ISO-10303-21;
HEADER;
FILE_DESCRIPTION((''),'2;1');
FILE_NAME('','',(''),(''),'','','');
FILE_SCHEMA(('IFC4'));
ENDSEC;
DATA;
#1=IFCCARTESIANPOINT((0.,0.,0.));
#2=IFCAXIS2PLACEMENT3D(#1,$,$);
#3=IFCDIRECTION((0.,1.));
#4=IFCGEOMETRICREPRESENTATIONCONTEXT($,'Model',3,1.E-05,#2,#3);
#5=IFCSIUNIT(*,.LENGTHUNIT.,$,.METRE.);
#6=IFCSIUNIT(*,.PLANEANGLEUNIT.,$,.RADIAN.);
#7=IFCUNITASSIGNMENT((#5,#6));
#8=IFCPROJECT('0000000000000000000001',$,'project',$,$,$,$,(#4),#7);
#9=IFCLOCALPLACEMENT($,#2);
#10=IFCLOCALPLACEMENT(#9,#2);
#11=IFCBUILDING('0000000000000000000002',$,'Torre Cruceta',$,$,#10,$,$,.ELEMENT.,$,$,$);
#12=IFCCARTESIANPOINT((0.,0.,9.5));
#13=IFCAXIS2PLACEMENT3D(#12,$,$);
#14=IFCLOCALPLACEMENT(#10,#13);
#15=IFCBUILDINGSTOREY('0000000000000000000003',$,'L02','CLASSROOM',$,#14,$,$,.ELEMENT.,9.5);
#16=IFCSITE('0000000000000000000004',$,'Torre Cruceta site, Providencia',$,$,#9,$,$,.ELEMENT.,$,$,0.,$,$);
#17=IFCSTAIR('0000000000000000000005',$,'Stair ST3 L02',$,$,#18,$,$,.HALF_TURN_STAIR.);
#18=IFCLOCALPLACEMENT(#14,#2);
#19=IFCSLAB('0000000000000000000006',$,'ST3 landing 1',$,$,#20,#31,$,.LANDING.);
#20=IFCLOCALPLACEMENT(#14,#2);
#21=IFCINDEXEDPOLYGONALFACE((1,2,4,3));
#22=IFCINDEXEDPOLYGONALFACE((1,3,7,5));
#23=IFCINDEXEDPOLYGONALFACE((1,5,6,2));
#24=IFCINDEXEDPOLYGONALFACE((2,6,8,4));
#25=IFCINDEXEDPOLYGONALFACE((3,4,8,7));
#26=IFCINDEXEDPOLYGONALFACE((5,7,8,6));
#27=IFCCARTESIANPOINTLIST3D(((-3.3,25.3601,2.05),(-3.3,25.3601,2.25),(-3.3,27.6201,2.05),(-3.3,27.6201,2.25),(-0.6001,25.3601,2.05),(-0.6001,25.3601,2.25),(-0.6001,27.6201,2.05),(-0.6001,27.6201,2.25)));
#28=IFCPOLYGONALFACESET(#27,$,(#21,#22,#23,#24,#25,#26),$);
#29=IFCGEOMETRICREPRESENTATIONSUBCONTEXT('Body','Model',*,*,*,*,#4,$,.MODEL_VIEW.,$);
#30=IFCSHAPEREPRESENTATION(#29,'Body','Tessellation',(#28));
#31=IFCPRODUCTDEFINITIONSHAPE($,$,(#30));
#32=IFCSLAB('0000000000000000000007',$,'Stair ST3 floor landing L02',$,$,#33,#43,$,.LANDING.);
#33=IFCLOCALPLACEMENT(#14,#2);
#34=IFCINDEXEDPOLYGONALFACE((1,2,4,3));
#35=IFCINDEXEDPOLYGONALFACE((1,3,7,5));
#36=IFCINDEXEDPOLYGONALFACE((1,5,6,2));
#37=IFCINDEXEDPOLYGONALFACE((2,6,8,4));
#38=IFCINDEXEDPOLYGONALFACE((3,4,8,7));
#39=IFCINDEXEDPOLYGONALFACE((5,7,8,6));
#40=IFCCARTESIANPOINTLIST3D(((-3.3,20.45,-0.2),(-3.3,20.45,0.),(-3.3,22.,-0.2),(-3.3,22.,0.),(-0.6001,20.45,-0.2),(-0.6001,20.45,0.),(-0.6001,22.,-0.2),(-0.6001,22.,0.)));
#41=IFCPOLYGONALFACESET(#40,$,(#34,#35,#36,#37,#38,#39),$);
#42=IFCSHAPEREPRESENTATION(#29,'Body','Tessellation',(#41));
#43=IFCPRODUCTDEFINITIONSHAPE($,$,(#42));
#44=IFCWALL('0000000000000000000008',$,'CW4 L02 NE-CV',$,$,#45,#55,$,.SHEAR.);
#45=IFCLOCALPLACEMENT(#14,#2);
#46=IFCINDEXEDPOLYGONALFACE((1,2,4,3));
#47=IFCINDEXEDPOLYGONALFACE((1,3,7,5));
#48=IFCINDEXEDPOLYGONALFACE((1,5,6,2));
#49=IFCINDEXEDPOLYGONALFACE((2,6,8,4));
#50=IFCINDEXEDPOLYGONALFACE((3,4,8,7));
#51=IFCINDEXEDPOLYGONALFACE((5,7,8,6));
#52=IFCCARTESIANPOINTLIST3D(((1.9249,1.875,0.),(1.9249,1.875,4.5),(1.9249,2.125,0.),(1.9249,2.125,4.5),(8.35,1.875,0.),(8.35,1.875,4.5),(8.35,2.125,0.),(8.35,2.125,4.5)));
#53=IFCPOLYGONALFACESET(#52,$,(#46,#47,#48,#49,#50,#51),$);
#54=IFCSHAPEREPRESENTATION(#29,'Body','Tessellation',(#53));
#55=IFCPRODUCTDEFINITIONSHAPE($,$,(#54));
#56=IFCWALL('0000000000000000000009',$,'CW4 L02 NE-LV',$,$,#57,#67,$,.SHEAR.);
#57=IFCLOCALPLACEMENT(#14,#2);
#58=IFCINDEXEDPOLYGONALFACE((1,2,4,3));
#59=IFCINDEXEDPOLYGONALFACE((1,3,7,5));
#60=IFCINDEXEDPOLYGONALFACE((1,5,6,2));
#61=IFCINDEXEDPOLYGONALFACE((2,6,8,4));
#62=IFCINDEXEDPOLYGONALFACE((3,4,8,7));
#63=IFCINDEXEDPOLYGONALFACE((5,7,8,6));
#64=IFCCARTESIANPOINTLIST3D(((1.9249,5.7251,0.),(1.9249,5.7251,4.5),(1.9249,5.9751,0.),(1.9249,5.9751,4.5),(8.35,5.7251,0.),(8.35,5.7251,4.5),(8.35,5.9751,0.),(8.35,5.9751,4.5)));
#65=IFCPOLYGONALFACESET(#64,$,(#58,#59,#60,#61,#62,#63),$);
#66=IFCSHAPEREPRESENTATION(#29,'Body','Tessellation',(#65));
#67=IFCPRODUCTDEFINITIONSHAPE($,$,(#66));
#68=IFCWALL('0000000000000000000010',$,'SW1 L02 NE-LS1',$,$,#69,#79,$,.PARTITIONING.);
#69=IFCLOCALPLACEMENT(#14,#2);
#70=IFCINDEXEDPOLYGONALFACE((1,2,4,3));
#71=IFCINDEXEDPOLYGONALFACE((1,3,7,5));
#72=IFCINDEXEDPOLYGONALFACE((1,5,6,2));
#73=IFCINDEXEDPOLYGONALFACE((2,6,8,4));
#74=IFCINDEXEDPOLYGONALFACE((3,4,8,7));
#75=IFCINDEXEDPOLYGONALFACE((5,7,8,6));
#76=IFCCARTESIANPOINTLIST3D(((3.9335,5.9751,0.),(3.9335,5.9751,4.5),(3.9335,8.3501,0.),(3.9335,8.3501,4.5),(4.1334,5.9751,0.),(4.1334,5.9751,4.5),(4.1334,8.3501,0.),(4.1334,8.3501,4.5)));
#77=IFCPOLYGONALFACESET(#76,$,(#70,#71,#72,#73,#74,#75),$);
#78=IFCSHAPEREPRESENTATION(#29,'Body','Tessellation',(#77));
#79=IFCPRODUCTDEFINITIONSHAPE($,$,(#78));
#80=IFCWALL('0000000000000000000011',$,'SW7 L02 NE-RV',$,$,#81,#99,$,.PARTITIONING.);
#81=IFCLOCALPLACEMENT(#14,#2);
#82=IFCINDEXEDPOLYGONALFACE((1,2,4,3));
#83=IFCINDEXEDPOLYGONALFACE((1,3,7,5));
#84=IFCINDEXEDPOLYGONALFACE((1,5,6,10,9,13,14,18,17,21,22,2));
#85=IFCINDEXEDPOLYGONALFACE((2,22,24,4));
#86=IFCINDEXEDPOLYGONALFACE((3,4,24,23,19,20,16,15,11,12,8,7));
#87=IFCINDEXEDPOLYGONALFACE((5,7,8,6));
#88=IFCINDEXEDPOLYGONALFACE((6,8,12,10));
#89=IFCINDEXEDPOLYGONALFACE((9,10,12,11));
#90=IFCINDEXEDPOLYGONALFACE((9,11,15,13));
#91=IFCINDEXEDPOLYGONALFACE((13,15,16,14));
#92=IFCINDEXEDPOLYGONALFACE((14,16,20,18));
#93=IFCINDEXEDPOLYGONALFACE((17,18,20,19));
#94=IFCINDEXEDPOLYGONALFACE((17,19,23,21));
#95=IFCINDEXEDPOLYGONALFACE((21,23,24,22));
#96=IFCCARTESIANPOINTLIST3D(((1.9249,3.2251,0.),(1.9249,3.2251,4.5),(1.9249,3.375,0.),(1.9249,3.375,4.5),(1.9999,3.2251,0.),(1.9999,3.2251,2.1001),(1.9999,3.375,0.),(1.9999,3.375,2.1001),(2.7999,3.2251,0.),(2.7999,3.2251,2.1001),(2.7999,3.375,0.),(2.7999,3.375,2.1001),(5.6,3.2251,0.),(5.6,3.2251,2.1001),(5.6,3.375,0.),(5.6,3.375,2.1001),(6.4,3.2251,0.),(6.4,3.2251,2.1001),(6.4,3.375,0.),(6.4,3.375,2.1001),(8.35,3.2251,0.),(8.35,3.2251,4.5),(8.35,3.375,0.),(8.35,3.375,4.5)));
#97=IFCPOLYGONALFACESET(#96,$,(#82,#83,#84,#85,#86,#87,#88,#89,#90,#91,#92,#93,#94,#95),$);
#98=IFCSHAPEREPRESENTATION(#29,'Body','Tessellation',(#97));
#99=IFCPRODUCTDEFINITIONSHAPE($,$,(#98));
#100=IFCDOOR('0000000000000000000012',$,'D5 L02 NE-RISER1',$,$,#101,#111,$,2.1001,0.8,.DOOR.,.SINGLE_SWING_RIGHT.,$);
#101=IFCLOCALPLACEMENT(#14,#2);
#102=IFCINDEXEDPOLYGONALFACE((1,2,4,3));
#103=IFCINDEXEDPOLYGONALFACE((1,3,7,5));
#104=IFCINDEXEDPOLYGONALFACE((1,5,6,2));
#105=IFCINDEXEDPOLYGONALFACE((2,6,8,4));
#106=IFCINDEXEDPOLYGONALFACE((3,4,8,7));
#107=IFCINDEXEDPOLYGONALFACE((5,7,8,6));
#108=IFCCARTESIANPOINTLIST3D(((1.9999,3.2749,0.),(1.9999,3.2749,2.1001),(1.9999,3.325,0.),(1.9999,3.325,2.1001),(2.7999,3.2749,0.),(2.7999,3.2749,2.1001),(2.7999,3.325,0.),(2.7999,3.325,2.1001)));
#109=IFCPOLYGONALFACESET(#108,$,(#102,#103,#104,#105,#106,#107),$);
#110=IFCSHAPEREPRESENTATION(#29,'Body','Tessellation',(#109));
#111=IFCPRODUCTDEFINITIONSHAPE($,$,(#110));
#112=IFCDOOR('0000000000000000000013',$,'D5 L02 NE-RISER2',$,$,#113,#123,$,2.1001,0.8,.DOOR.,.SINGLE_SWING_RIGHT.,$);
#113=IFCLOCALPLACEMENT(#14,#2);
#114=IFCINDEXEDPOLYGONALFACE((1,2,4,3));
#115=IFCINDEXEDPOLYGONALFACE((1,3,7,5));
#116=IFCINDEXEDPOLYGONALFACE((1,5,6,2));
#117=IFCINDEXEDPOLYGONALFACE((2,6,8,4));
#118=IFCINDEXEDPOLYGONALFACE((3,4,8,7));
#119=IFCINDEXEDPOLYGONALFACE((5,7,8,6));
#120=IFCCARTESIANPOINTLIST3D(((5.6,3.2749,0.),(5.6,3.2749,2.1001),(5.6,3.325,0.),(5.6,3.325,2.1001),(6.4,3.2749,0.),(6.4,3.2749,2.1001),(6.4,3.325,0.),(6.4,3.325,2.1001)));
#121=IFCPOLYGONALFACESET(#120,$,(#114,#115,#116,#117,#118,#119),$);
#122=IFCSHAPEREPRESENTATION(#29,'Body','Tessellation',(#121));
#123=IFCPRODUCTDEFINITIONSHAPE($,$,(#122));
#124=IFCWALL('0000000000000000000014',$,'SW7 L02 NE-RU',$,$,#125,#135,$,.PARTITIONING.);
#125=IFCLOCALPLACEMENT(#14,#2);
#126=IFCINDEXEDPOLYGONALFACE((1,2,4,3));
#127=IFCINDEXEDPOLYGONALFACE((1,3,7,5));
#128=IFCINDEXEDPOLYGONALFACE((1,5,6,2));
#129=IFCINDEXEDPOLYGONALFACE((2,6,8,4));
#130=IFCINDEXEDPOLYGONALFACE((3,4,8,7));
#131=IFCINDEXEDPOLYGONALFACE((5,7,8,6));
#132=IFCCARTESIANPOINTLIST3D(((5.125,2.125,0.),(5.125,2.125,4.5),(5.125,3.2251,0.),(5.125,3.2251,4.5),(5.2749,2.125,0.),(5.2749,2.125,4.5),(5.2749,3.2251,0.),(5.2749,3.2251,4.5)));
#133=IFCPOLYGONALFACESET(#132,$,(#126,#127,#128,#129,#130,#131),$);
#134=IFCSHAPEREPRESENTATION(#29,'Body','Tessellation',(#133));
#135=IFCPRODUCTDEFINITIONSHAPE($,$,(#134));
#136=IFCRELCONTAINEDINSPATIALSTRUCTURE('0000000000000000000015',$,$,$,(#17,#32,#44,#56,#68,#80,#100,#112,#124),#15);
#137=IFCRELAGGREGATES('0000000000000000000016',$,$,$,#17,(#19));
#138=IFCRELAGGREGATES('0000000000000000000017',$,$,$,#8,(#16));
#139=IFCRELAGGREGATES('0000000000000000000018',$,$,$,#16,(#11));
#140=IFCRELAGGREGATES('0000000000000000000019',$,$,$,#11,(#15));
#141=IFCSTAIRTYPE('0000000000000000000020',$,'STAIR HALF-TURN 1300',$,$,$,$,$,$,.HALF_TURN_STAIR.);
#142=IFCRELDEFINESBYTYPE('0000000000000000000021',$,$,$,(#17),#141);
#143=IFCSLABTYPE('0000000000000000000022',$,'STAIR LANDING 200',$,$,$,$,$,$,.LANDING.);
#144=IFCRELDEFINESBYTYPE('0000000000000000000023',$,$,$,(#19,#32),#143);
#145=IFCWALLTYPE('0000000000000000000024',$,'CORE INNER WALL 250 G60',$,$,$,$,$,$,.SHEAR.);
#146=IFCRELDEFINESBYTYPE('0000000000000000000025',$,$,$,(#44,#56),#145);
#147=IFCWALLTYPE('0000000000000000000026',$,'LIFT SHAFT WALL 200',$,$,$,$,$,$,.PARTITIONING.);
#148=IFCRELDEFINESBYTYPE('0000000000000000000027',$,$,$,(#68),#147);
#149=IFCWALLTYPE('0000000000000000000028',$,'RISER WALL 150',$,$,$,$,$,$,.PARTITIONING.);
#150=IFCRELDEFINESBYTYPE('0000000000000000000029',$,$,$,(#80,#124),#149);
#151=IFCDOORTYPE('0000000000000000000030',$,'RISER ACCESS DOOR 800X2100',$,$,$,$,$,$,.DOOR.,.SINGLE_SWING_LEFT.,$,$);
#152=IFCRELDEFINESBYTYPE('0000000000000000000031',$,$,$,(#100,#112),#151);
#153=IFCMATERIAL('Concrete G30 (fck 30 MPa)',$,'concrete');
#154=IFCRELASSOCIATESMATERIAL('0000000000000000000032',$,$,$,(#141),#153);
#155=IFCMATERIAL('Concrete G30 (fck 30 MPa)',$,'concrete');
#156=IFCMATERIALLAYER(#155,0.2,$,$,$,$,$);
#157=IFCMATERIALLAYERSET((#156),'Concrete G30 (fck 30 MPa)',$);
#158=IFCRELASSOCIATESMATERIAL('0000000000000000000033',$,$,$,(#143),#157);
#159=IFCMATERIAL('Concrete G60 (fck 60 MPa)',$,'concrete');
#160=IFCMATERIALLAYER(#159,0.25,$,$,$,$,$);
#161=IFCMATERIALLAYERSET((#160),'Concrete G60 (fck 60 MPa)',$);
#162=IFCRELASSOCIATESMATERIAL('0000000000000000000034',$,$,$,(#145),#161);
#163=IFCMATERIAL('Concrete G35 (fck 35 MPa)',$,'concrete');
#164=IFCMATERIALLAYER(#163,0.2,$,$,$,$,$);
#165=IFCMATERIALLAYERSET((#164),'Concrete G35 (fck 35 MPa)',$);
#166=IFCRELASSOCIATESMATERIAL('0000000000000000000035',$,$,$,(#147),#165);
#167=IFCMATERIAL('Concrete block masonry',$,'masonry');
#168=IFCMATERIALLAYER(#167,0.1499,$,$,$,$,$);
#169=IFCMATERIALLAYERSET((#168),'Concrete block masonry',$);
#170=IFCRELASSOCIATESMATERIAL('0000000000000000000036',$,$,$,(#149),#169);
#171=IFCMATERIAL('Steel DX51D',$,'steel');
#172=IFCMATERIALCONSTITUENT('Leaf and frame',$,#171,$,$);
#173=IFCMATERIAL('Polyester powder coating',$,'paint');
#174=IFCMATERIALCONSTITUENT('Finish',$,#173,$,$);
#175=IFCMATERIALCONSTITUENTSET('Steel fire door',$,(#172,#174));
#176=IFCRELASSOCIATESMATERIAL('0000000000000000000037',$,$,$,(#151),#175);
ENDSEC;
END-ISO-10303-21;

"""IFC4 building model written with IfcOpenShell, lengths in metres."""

from ifc_helpers import new_model, si_unit, direction, frame, frame_2d, origin, place, context, subcontext, project, spatial, polyline, rectangle, outline, extrude, material, layer, layer_set, constituent, constituent_set, type_object, element, fill, aggregate, save


model = new_model("IFC4")

# Units and contexts
model_context = context("Model", 3, precision=1e-05, world=origin(), true_north=direction((0.0, 1.0)))
body_context = subcontext(model_context, "Body", "Model", "MODEL_VIEW")
ifc_project = project(units=[si_unit("LENGTHUNIT", "METRE"), si_unit("PLANEANGLEUNIT", "RADIAN")], contexts=[model_context])

# Site, building, storey
site_placement = place(None, origin())
site = spatial("IfcSite", under=ifc_project, at=site_placement, Name="Torre Cruceta site, Providencia", CompositionType="ELEMENT", RefElevation=0.0)
building_placement = place(site_placement, origin())
building = spatial("IfcBuilding", under=site, at=building_placement, Name="Torre Cruceta", CompositionType="ELEMENT")
storey_placement = place(building_placement, frame((0.0, 0.0, 9.5)))
storey = spatial("IfcBuildingStorey", under=building, at=storey_placement, Name="L02", Description="CLASSROOM", CompositionType="ELEMENT", Elevation=9.5)

# Stair, slab
ifc_material_1 = material(Name="Concrete G30 (fck 30 MPa)", Category="concrete")
stair_type = type_object("IfcStairType", Name="STAIR HALF-TURN 1300", PredefinedType="HALF_TURN_STAIR", material=ifc_material_1)
stair_placement = place(storey_placement, origin())
stair = element("IfcStair", 1, at=stair_placement, inside=storey, type_object=stair_type, Name="Stair ST3 L02", PredefinedType="HALF_TURN_STAIR")
ifc_material_2 = material(Name="Concrete G30 (fck 30 MPa)", Category="concrete")
ifc_layer_1 = layer(ifc_material_2, 0.2)
ifc_layer_set_1 = layer_set([ifc_layer_1], Name="Concrete G30 (fck 30 MPa)")
slab_type = type_object("IfcSlabType", Name="STAIR LANDING 200", PredefinedType="LANDING", material=ifc_layer_set_1)
slab_1_placement = place(storey_placement, frame((0.0, 0.0, 2.05)))
slab_1 = element("IfcSlab", 2, at=slab_1_placement, type_object=slab_type, Name="ST3 landing 1", PredefinedType="LANDING", context=body_context, shape_type="SweptSolid", body=[
    extrude(outline(polyline([(-0.6001, 25.3601), (-0.6001, 27.6201), (-3.3, 27.6201), (-3.3, 25.3601), (-0.6001, 25.3601)])), origin(), (0.0, 0.0, 1.0), 0.2),
])
aggregate(stair, [slab_1])

# Slab
slab_2_placement = place(storey_placement, frame((0.0, 0.0, -0.2)))
element("IfcSlab", 3, at=slab_2_placement, inside=storey, type_object=slab_type, Name="Stair ST3 floor landing L02", PredefinedType="LANDING", context=body_context, shape_type="SweptSolid", body=[
    extrude(outline(polyline([(-0.6001, 20.45), (-0.6001, 22.0), (-3.3, 22.0), (-3.3, 20.45), (-0.6001, 20.45)])), origin(), (0.0, 0.0, 1.0), 0.2),
])

# Shared definitions
ifc_material_3 = material(Name="Concrete G60 (fck 60 MPa)", Category="concrete")
ifc_layer_2 = layer(ifc_material_3, 0.25)
ifc_layer_set_2 = layer_set([ifc_layer_2], Name="Concrete G60 (fck 60 MPa)")
wall_type_1 = type_object("IfcWallType", Name="CORE INNER WALL 250 G60", PredefinedType="SHEAR", material=ifc_layer_set_2)

# Walls
for number, where, z_axis, x_axis, name in (
    (4, (1.925, 2.0, 0.0), (0.0, 0.0, 1.0), (1.0, 0.0, 0.0), "CW4 L02 NE-CV"),
    (5, (1.925, 5.8501, 0.0), (0.0, 0.0, 1.0), (1.0, 0.0, 0.0), "CW4 L02 NE-LV"),
):
    element("IfcWall", number, at=place(storey_placement, frame(where, z_axis=z_axis, x_axis=x_axis)), inside=storey, type_object=wall_type_1, Name=name, PredefinedType="SHEAR", context=body_context, shape_type="SweptSolid", body=[
        extrude(rectangle(XDim=6.425, YDim=0.25, at=frame_2d((3.2124, 0.0))), origin(), (0.0, 0.0, 1.0), 4.5),
    ])
ifc_material_4 = material(Name="Concrete G35 (fck 35 MPa)", Category="concrete")
ifc_layer_3 = layer(ifc_material_4, 0.2)
ifc_layer_set_3 = layer_set([ifc_layer_3], Name="Concrete G35 (fck 35 MPa)")
wall_type_2 = type_object("IfcWallType", Name="LIFT SHAFT WALL 200", PredefinedType="PARTITIONING", material=ifc_layer_set_3)
wall_1_placement = place(storey_placement, frame((4.0334, 5.9751, 0.0), z_axis=(0.0, 0.0, 1.0), x_axis=(0.0, 1.0, 0.0)))
element("IfcWall", 6, at=wall_1_placement, inside=storey, type_object=wall_type_2, Name="SW1 L02 NE-LS1", PredefinedType="PARTITIONING", context=body_context, shape_type="SweptSolid", body=[
    extrude(rectangle(XDim=2.375, YDim=0.2, at=frame_2d((1.1875, 0.0))), origin(), (0.0, 0.0, 1.0), 4.5),
])

# Wall, openings, doors
ifc_material_5 = material(Name="Concrete block masonry", Category="masonry")
ifc_layer_4 = layer(ifc_material_5, 0.1499)
ifc_layer_set_4 = layer_set([ifc_layer_4], Name="Concrete block masonry")
wall_type_3 = type_object("IfcWallType", Name="RISER WALL 150", PredefinedType="PARTITIONING", material=ifc_layer_set_4)
wall_2_placement = place(storey_placement, frame((1.925, 3.3, 0.0), z_axis=(0.0, 0.0, 1.0), x_axis=(1.0, 0.0, 0.0)))
wall_2 = element("IfcWall", 7, at=wall_2_placement, inside=storey, type_object=wall_type_3, Name="SW7 L02 NE-RV", PredefinedType="PARTITIONING", context=body_context, shape_type="SweptSolid", body=[
    extrude(rectangle(XDim=6.425, YDim=0.1499, at=frame_2d((3.2124, 0.0))), origin(), (0.0, 0.0, 1.0), 4.5),
])
opening_1_placement = place(wall_2_placement, frame((0.075, 0.0, 0.0)))
opening_1 = element("IfcOpeningElement", 8, at=opening_1_placement, cuts=wall_2, PredefinedType="OPENING", context=body_context, shape_type="SweptSolid", body=[
    extrude(rectangle(XDim=0.8, YDim=2.1001, at=frame_2d((0.3999, 1.05))), frame((0.0, 0.085, 0.0), z_axis=(0.0, -1.0, 0.0), x_axis=(1.0, 0.0, 0.0)), (0.0, 0.0, 1.0), 0.1699),
])
opening_2_placement = place(wall_2_placement, frame((3.675, 0.0, 0.0)))
opening_2 = element("IfcOpeningElement", 9, at=opening_2_placement, cuts=wall_2, PredefinedType="OPENING", context=body_context, shape_type="SweptSolid", body=[
    extrude(rectangle(XDim=0.8, YDim=2.1001, at=frame_2d((0.3999, 1.05))), frame((0.0, 0.085, 0.0), z_axis=(0.0, -1.0, 0.0), x_axis=(1.0, 0.0, 0.0)), (0.0, 0.0, 1.0), 0.1699),
])
ifc_material_6 = material(Name="Steel DX51D", Category="steel")
ifc_constituent_1 = constituent(ifc_material_6, Name="Leaf and frame")
ifc_material_7 = material(Name="Polyester powder coating", Category="paint")
ifc_constituent_2 = constituent(ifc_material_7, Name="Finish")
ifc_constituent_set_1 = constituent_set(constituents=[ifc_constituent_1, ifc_constituent_2], Name="Steel fire door")
door_type_1 = type_object("IfcDoorType", Name="RISER ACCESS DOOR 800X2100", OperationType="SINGLE_SWING_LEFT", PredefinedType="DOOR", material=ifc_constituent_set_1)
door_1_placement = place(opening_1_placement, frame((0.8, 0.0, 0.0), z_axis=(0.0, 0.0, 1.0), x_axis=(-1.0, 0.0, 0.0)))
door_1 = element("IfcDoor", 10, at=door_1_placement, inside=storey, type_object=door_type_1, Name="D5 L02 NE-RISER1", OperationType="SINGLE_SWING_RIGHT", OverallHeight=2.1001, OverallWidth=0.8, PredefinedType="DOOR", context=body_context, shape_type="SweptSolid", body=[
    extrude(rectangle(XDim=0.8, YDim=2.1001, at=frame_2d((0.4001, 1.05))), frame((0.0, 0.0251, 0.0), z_axis=(0.0, -1.0, 0.0), x_axis=(1.0, 0.0, 0.0)), (0.0, 0.0, 1.0), 0.05),
])
fill(opening_1, door_1)
door_2_placement = place(opening_2_placement, frame((0.8, 0.0, 0.0), z_axis=(0.0, 0.0, 1.0), x_axis=(-1.0, 0.0, 0.0)))
door_2 = element("IfcDoor", 11, at=door_2_placement, inside=storey, type_object=door_type_1, Name="D5 L02 NE-RISER2", OperationType="SINGLE_SWING_RIGHT", OverallHeight=2.1001, OverallWidth=0.8, PredefinedType="DOOR", context=body_context, shape_type="SweptSolid", body=[
    extrude(rectangle(XDim=0.8, YDim=2.1001, at=frame_2d((0.4001, 1.05))), frame((0.0, 0.0251, 0.0), z_axis=(0.0, -1.0, 0.0), x_axis=(1.0, 0.0, 0.0)), (0.0, 0.0, 1.0), 0.05),
])
fill(opening_2, door_2)

# Wall
wall_3_placement = place(storey_placement, frame((5.2, 2.125, 0.0), z_axis=(0.0, 0.0, 1.0), x_axis=(0.0, 1.0, 0.0)))
element("IfcWall", 12, at=wall_3_placement, inside=storey, type_object=wall_type_3, Name="SW7 L02 NE-RU", PredefinedType="PARTITIONING", context=body_context, shape_type="SweptSolid", body=[
    extrude(rectangle(XDim=1.1001, YDim=0.1499, at=frame_2d((0.55, 0.0))), origin(), (0.0, 0.0, 1.0), 4.5),
])

save(model, "model.ifc")
